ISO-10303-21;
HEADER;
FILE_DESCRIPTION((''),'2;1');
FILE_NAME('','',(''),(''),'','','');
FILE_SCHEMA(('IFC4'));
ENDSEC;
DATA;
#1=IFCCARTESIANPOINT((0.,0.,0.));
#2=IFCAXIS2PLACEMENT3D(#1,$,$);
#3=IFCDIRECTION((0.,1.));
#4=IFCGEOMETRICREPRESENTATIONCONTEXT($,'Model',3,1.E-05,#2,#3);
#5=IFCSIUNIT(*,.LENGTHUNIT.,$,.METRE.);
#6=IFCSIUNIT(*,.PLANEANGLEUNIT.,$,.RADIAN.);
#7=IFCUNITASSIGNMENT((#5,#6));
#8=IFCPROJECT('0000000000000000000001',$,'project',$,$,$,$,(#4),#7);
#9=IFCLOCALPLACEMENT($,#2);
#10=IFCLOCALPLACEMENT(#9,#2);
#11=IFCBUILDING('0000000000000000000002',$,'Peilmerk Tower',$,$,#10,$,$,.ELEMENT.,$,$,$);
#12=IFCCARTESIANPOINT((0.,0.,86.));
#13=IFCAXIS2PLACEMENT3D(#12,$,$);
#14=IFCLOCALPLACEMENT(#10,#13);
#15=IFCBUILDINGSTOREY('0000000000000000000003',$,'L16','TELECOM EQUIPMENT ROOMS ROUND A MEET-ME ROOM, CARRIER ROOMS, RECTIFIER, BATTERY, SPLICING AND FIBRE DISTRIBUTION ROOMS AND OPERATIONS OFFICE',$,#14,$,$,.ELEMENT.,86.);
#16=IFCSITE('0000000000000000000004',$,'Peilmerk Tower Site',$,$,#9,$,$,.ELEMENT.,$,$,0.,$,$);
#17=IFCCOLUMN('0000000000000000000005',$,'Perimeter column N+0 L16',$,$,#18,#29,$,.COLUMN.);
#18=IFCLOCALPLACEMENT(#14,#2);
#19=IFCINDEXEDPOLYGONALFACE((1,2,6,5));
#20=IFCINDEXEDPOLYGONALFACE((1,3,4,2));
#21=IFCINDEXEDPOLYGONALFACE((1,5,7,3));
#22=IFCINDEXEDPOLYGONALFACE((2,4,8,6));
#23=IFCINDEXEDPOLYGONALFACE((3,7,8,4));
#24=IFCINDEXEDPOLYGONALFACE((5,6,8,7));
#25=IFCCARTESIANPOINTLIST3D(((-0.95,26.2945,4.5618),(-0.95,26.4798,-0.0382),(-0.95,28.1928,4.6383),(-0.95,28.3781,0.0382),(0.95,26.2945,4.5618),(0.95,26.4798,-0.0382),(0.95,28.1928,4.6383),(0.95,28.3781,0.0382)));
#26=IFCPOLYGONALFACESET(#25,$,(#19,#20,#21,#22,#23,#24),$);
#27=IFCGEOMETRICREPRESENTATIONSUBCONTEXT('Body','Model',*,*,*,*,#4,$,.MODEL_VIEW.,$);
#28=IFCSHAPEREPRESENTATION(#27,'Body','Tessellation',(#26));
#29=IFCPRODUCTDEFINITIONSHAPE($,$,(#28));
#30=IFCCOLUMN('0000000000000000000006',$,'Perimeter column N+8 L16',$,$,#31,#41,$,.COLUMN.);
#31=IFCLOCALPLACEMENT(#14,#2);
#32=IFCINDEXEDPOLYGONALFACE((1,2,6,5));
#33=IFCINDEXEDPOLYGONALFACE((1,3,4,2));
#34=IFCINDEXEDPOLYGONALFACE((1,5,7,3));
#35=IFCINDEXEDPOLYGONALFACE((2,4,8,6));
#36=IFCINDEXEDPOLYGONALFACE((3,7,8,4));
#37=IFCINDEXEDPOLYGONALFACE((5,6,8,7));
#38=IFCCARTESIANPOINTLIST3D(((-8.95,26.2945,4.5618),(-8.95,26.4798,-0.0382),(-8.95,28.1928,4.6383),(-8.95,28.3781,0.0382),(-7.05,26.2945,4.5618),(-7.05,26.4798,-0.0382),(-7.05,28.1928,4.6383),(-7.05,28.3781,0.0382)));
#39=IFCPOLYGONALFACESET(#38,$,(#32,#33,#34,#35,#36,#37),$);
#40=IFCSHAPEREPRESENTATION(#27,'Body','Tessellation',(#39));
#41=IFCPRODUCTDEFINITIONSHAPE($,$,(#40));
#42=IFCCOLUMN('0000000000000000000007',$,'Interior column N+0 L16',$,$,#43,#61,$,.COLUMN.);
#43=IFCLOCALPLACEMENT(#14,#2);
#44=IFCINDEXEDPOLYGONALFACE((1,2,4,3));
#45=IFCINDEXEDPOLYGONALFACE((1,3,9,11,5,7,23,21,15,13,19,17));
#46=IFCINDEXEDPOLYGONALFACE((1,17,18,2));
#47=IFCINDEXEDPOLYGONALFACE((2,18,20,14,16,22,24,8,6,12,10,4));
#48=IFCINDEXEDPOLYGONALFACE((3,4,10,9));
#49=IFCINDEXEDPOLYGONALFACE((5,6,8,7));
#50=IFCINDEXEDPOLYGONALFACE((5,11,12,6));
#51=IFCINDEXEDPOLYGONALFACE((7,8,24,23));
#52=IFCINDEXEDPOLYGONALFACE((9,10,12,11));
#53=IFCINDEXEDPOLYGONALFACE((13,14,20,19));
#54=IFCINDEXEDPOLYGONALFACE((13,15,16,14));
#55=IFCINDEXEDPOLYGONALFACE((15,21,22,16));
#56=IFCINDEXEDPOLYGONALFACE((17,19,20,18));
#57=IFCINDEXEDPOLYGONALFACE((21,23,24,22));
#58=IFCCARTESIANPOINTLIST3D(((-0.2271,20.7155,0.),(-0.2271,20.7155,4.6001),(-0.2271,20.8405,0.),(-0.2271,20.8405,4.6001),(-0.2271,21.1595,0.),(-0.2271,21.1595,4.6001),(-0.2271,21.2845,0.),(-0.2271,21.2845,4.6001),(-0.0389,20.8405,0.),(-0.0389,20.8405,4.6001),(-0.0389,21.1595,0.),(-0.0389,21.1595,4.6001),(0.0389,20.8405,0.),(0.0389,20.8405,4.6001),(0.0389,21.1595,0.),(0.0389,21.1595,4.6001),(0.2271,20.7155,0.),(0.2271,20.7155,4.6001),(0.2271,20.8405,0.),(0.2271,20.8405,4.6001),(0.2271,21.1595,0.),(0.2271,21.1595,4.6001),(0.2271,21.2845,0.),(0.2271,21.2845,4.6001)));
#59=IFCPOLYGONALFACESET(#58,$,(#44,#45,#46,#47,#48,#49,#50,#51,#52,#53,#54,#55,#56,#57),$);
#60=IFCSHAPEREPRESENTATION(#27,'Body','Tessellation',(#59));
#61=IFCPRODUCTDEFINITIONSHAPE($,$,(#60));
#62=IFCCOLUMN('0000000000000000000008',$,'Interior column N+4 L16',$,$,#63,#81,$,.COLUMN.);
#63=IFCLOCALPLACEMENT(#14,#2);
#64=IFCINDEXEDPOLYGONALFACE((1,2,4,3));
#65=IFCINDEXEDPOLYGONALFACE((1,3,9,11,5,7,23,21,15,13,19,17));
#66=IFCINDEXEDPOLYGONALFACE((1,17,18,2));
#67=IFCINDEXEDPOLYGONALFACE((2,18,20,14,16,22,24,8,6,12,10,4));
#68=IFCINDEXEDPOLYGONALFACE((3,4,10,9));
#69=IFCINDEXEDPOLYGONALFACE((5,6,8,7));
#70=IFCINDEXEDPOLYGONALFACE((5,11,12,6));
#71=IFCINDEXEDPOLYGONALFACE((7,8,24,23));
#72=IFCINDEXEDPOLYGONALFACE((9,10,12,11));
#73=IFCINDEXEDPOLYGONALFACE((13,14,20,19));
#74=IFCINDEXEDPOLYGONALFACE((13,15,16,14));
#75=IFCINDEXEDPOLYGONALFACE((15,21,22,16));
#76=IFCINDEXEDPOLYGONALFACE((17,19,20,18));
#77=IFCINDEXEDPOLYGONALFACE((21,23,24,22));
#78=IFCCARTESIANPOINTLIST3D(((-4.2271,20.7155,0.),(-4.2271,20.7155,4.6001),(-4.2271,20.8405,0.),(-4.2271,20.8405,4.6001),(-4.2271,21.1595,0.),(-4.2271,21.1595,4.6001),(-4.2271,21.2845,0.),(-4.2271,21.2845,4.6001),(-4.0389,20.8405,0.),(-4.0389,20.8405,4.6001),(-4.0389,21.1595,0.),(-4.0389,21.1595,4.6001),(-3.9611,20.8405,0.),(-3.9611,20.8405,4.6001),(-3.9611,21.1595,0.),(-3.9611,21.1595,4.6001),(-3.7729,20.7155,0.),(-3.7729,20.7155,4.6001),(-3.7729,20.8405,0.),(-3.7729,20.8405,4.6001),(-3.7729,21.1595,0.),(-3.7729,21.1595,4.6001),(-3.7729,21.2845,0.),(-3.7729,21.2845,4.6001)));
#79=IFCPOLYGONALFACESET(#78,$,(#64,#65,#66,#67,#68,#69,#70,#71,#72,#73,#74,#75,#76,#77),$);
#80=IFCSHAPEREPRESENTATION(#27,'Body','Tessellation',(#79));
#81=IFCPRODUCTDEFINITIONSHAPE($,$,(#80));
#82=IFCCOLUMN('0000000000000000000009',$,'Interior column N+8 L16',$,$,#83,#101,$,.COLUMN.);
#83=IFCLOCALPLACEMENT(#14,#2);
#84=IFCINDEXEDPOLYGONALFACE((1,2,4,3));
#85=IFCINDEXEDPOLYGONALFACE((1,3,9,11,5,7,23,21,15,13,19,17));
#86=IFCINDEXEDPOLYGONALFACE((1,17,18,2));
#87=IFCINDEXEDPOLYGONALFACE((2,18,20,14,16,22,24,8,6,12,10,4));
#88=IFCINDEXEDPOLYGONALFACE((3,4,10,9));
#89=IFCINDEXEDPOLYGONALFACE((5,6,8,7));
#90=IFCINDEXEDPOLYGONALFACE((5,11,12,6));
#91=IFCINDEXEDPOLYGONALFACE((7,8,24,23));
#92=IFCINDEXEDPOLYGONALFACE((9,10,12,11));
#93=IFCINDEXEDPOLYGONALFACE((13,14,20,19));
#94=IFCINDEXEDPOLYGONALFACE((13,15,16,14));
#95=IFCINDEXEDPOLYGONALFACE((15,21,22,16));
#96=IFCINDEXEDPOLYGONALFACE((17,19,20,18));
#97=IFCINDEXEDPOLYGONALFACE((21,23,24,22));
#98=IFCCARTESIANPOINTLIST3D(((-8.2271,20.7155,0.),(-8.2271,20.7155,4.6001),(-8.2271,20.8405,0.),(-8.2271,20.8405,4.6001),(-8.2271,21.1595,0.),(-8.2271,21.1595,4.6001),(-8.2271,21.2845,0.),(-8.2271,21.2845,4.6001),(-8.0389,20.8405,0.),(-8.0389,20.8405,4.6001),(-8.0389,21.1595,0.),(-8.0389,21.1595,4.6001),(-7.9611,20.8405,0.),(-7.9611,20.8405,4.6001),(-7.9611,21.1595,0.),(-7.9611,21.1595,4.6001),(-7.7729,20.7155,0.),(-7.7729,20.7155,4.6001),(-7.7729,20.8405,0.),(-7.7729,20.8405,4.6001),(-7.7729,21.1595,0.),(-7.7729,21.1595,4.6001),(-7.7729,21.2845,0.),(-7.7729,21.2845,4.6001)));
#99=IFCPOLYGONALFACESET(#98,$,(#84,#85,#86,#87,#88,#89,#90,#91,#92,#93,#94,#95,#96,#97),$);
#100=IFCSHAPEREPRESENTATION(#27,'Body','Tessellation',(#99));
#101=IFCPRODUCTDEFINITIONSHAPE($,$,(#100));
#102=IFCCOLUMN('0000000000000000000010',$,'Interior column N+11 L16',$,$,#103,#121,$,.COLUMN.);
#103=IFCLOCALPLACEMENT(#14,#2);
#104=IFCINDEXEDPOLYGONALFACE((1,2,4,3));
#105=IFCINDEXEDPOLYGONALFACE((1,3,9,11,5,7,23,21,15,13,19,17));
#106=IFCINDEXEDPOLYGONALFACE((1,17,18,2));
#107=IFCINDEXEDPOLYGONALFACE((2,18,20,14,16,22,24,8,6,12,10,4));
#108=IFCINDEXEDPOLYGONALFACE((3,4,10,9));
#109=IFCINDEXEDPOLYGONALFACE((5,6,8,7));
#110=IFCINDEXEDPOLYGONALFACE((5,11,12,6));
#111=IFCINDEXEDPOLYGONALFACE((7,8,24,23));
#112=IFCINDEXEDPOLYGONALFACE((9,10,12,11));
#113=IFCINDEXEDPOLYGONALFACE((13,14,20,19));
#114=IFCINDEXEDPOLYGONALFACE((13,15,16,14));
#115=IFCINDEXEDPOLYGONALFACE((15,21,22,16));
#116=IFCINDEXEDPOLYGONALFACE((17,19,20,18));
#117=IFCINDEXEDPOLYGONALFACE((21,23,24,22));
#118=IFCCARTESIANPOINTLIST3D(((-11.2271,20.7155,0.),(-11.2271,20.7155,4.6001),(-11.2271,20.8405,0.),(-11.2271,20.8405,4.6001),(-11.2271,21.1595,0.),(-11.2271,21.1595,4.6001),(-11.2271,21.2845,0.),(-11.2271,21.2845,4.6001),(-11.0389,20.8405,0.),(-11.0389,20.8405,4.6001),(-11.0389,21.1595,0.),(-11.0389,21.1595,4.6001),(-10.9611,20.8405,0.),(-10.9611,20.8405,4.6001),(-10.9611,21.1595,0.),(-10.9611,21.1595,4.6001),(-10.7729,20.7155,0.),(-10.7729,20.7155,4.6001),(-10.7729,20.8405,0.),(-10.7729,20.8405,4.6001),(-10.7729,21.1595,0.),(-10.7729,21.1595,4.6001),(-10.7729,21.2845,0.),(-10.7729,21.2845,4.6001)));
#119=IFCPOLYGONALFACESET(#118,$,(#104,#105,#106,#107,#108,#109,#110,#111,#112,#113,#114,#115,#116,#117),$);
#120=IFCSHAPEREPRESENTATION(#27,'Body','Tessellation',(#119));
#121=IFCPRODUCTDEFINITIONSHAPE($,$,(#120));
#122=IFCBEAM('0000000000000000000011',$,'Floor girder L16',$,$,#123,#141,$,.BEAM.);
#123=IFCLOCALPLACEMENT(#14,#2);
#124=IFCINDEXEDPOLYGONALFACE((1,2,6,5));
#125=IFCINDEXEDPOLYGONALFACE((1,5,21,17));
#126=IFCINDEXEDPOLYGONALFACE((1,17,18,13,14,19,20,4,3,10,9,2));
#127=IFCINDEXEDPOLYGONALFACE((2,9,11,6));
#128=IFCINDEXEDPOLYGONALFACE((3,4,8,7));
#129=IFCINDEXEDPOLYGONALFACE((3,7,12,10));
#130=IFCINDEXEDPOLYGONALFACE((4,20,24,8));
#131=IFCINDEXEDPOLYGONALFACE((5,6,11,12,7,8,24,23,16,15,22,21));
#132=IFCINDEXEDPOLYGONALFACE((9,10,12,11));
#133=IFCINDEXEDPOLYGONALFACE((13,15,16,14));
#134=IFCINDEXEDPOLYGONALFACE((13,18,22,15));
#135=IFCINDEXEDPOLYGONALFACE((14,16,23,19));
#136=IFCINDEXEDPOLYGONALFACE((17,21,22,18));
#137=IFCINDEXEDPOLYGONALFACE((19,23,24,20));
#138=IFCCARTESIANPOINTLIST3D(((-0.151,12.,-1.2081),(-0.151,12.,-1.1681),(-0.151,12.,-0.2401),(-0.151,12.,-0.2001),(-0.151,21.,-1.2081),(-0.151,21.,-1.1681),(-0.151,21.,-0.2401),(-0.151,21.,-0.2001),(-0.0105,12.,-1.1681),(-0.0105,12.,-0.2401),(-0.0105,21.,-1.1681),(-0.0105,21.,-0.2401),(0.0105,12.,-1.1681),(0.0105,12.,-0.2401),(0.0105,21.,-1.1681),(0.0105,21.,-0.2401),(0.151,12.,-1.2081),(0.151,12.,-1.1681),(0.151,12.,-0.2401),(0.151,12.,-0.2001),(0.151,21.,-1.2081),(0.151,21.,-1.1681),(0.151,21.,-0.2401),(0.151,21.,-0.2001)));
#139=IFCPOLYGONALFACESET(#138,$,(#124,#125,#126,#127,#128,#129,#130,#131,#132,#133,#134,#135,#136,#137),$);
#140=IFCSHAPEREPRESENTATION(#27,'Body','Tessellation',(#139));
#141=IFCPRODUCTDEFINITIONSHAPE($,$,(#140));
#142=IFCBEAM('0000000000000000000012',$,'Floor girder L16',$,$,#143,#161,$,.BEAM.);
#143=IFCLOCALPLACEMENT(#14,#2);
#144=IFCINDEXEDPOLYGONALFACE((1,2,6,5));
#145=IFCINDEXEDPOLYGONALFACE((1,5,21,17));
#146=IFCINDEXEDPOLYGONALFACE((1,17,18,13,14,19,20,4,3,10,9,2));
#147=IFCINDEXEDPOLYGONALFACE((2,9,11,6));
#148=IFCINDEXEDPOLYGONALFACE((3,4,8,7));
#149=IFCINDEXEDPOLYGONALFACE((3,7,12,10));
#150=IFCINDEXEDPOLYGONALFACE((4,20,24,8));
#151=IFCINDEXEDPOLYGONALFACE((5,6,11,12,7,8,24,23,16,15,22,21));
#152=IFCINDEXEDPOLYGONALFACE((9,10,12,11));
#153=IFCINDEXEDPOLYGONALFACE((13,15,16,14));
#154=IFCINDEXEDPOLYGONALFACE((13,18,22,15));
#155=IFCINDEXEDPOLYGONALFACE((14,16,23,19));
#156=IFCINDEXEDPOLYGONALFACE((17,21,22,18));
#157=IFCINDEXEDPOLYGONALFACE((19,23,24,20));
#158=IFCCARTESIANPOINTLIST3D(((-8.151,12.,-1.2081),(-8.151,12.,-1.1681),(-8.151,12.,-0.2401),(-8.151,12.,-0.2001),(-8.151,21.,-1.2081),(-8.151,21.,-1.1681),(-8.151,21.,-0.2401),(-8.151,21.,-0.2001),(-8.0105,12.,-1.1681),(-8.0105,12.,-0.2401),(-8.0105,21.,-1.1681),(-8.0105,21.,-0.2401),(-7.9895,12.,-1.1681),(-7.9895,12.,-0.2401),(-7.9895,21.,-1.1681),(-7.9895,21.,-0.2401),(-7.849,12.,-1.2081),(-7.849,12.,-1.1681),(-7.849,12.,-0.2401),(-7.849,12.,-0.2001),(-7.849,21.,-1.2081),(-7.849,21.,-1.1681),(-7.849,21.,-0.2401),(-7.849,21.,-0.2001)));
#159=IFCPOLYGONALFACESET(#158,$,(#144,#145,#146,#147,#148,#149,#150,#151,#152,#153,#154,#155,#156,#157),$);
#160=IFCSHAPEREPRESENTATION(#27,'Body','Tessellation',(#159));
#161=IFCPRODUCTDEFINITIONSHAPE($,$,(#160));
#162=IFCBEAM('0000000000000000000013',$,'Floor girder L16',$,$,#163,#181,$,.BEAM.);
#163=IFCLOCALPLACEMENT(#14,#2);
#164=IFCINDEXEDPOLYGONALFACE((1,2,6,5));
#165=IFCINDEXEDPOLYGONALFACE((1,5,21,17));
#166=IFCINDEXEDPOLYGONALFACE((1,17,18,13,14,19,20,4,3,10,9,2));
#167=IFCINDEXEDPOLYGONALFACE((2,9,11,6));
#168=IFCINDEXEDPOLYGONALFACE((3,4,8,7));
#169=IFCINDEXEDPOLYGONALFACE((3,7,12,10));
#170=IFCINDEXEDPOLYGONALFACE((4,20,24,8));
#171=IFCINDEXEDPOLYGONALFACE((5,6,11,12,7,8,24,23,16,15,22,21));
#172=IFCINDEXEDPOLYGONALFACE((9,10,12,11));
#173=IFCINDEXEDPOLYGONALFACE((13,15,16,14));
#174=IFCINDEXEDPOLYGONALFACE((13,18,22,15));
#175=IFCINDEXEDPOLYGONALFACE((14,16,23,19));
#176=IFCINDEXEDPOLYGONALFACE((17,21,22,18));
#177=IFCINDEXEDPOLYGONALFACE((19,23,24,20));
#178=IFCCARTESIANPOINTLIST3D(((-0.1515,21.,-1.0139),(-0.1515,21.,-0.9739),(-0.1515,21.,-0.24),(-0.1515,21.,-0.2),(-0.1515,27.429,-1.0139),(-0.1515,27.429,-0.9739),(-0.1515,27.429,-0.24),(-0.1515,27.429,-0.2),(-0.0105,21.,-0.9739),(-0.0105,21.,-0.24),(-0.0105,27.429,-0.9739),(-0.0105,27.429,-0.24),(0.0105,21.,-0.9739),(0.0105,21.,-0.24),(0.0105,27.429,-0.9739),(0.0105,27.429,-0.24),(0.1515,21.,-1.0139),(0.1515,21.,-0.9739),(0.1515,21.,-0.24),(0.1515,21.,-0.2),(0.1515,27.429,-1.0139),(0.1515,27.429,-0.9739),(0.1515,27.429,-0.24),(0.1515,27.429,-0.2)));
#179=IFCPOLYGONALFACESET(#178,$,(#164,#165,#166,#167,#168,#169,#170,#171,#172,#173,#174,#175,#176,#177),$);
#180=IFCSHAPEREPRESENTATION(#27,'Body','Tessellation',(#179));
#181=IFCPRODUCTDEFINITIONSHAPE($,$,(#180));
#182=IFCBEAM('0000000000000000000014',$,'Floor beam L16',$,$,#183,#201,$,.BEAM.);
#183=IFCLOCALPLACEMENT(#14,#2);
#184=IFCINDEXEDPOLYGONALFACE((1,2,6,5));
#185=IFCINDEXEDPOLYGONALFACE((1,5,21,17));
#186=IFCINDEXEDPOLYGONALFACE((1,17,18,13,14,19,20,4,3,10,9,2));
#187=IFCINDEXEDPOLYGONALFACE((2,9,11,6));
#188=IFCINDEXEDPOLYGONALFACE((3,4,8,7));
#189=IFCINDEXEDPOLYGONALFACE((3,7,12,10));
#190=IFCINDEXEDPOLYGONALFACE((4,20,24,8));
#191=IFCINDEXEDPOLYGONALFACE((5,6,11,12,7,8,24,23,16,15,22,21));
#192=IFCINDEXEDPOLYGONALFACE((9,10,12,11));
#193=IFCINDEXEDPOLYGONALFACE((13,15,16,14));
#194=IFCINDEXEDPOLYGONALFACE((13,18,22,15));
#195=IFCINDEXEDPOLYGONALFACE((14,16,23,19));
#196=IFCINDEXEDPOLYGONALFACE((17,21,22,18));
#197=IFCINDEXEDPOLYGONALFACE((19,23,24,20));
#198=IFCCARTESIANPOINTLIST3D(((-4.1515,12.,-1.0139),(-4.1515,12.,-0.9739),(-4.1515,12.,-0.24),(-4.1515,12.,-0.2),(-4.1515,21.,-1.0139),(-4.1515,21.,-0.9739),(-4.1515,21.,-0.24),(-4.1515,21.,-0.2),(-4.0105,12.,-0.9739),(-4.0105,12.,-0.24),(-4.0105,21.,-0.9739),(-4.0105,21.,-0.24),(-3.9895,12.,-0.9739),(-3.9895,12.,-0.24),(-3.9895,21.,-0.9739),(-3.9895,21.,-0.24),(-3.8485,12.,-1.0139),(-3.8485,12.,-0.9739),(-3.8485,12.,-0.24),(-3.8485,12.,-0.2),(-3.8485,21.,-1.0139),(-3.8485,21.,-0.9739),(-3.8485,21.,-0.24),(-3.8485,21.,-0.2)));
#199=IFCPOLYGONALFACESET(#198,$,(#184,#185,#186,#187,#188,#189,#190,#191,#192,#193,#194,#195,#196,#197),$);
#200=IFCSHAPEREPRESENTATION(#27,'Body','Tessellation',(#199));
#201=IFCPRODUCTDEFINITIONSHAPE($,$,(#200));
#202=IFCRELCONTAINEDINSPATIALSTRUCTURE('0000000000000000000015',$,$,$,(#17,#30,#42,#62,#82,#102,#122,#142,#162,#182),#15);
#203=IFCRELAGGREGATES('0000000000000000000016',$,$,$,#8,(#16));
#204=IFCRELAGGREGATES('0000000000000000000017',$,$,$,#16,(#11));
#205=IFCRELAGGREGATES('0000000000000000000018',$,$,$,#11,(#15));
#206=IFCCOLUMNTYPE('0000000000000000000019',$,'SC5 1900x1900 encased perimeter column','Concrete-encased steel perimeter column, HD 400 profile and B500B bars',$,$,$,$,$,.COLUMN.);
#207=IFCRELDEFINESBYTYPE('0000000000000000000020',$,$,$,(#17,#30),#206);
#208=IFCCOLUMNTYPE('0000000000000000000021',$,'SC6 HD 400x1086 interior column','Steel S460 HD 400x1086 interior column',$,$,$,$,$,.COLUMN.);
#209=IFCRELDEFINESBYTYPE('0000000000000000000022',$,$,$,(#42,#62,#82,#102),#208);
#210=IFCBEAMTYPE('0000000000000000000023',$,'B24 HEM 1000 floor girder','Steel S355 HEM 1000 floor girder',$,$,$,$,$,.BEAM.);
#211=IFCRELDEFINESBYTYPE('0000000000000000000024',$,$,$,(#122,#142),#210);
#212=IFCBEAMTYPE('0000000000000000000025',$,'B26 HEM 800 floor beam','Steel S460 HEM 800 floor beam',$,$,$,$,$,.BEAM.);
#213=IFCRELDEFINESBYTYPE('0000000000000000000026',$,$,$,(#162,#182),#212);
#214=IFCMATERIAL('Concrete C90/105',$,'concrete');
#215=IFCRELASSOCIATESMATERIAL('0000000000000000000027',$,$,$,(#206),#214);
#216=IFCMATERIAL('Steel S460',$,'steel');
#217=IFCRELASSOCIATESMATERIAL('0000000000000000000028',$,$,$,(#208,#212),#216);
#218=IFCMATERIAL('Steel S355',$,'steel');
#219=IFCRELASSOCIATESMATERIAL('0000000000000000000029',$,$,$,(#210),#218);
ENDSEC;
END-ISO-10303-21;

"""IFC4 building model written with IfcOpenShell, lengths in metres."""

from ifc_helpers import new_model, si_unit, direction, frame, origin, origin_2d, place, context, subcontext, project, spatial, rectangle, i_section, extrude, material, material_profile, profile_set, type_object, element, save


model = new_model("IFC4")

# Units and contexts
model_context = context("Model", 3, precision=1e-05, world=origin(), true_north=direction((0.0, 1.0)))
body_context = subcontext(model_context, "Body", "Model", "MODEL_VIEW")
ifc_project = project(units=[si_unit("LENGTHUNIT", "METRE"), si_unit("PLANEANGLEUNIT", "RADIAN")], contexts=[model_context])

# Site, building, storey
site_placement = place(None, origin())
site = spatial("IfcSite", under=ifc_project, at=site_placement, Name="Peilmerk Tower Site", CompositionType="ELEMENT", RefElevation=0.0)
building_placement = place(site_placement, origin())
building = spatial("IfcBuilding", under=site, at=building_placement, Name="Peilmerk Tower", CompositionType="ELEMENT")
storey_placement = place(building_placement, frame((0.0, 0.0, 86.0)))
storey = spatial("IfcBuildingStorey", under=building, at=storey_placement, Name="L16", Description="TELECOM EQUIPMENT ROOMS ROUND A MEET-ME ROOM, CARRIER ROOMS, RECTIFIER, BATTERY, SPLICING AND FIBRE DISTRIBUTION ROOMS AND OPERATIONS OFFICE", CompositionType="ELEMENT", Elevation=86.0)

# Columns
ifc_material_1 = material(Name="Concrete C90/105", Category="concrete")
ifc_material_profile_1 = material_profile(ifc_material_1, rectangle(XDim=1.8999, YDim=1.8999, at=origin_2d()), Name="RC 1900x1900")
ifc_profile_set_1 = profile_set([ifc_material_profile_1], Name="Concrete C90/105")
column_type_1 = type_object("IfcColumnType", Name="SC5 1900x1900 encased perimeter column", Description="Concrete-encased steel perimeter column, HD 400 profile and B500B bars", PredefinedType="COLUMN", material=ifc_profile_set_1)
for number, where, z_axis, x_axis, name in (
    (1, (0.0, 27.429, 0.0), (0.0, -0.04025, 0.99919), (1.0, 0.0, 0.0), "Perimeter column N+0 L16"),
    (2, (-8.0, 27.429, 0.0), (0.0, -0.04025, 0.99919), (1.0, 0.0, 0.0), "Perimeter column N+8 L16"),
):
    element("IfcColumn", number, at=place(storey_placement, frame(where, z_axis=z_axis, x_axis=x_axis)), inside=storey, type_object=column_type_1, Name=name, PredefinedType="COLUMN", context=body_context, shape_type="SweptSolid", body=[
        extrude(rectangle(XDim=1.8999, YDim=1.8999, at=origin_2d()), origin(), (0.0, 0.0, 1.0), 4.6038),
    ])
ifc_material_2 = material(Name="Steel S460", Category="steel")
ifc_material_profile_2 = material_profile(ifc_material_2, i_section(OverallWidth=0.4541, OverallDepth=0.5691, WebThickness=0.0779, FlangeThickness=0.125, at=origin_2d()), Name="HD 400x1086")
ifc_profile_set_2 = profile_set([ifc_material_profile_2], Name="Steel S460")
column_type_2 = type_object("IfcColumnType", Name="SC6 HD 400x1086 interior column", Description="Steel S460 HD 400x1086 interior column", PredefinedType="COLUMN", material=ifc_profile_set_2)
for number, where, z_axis, x_axis, name in (
    (3, (0.0, 21.0, 0.0), (0.0, 0.0, 1.0), (1.0, 0.0, 0.0), "Interior column N+0 L16"),
    (4, (-4.0, 21.0, 0.0), (0.0, 0.0, 1.0), (1.0, 0.0, 0.0), "Interior column N+4 L16"),
    (5, (-8.0, 21.0, 0.0), (0.0, 0.0, 1.0), (1.0, 0.0, 0.0), "Interior column N+8 L16"),
    (6, (-11.0, 21.0, 0.0), (0.0, 0.0, 1.0), (1.0, 0.0, 0.0), "Interior column N+11 L16"),
):
    element("IfcColumn", number, at=place(storey_placement, frame(where, z_axis=z_axis, x_axis=x_axis)), inside=storey, type_object=column_type_2, Name=name, PredefinedType="COLUMN", context=body_context, shape_type="SweptSolid", body=[
        extrude(i_section(OverallWidth=0.4541, OverallDepth=0.5691, WebThickness=0.0779, FlangeThickness=0.125, at=origin_2d()), origin(), (0.0, 0.0, 1.0), 4.6001),
    ])

# Beams
ifc_material_3 = material(Name="Steel S355", Category="steel")
ifc_material_profile_3 = material_profile(ifc_material_3, i_section(OverallWidth=0.302, OverallDepth=1.0081, WebThickness=0.021, FlangeThickness=0.04, at=origin_2d()), Name="HEM 1000")
ifc_profile_set_3 = profile_set([ifc_material_profile_3], Name="Steel S355")
beam_type_1 = type_object("IfcBeamType", Name="B24 HEM 1000 floor girder", Description="Steel S355 HEM 1000 floor girder", PredefinedType="BEAM", material=ifc_profile_set_3)
for number, where, z_axis, x_axis, name in (
    (7, (0.0, 12.0, -0.7041), (0.0, 1.0, 0.0), (-1.0, 0.0, 0.0), "Floor girder L16"),
    (8, (-8.0, 12.0, -0.7041), (0.0, 1.0, 0.0), (-1.0, 0.0, 0.0), "Floor girder L16"),
):
    element("IfcBeam", number, at=place(storey_placement, frame(where, z_axis=z_axis, x_axis=x_axis)), inside=storey, type_object=beam_type_1, Name=name, PredefinedType="BEAM", context=body_context, shape_type="SweptSolid", body=[
        extrude(i_section(OverallWidth=0.302, OverallDepth=1.0081, WebThickness=0.021, FlangeThickness=0.04, at=origin_2d()), origin(), (0.0, 0.0, 1.0), 9.0),
    ])
ifc_material_profile_4 = material_profile(ifc_material_2, i_section(OverallWidth=0.303, OverallDepth=0.814, WebThickness=0.021, FlangeThickness=0.04, at=origin_2d()), Name="HEM 800")
ifc_profile_set_4 = profile_set([ifc_material_profile_4], Name="Steel S460")
beam_type_2 = type_object("IfcBeamType", Name="B26 HEM 800 floor beam", Description="Steel S460 HEM 800 floor beam", PredefinedType="BEAM", material=ifc_profile_set_4)
beam_1_placement = place(storey_placement, frame((0.0, 21.0, -0.6069), z_axis=(0.0, 1.0, 0.0), x_axis=(-1.0, 0.0, 0.0)))
element("IfcBeam", 9, at=beam_1_placement, inside=storey, type_object=beam_type_2, Name="Floor girder L16", PredefinedType="BEAM", context=body_context, shape_type="SweptSolid", body=[
    extrude(i_section(OverallWidth=0.303, OverallDepth=0.814, WebThickness=0.021, FlangeThickness=0.04, at=origin_2d()), origin(), (0.0, 0.0, 1.0), 6.429),
])
beam_2_placement = place(storey_placement, frame((-4.0, 12.0, -0.6069), z_axis=(0.0, 1.0, 0.0), x_axis=(-1.0, 0.0, 0.0)))
element("IfcBeam", 10, at=beam_2_placement, inside=storey, type_object=beam_type_2, Name="Floor beam L16", PredefinedType="BEAM", context=body_context, shape_type="SweptSolid", body=[
    extrude(i_section(OverallWidth=0.303, OverallDepth=0.814, WebThickness=0.021, FlangeThickness=0.04, at=origin_2d()), origin(), (0.0, 0.0, 1.0), 9.0),
])

save(model, "model.ifc")
